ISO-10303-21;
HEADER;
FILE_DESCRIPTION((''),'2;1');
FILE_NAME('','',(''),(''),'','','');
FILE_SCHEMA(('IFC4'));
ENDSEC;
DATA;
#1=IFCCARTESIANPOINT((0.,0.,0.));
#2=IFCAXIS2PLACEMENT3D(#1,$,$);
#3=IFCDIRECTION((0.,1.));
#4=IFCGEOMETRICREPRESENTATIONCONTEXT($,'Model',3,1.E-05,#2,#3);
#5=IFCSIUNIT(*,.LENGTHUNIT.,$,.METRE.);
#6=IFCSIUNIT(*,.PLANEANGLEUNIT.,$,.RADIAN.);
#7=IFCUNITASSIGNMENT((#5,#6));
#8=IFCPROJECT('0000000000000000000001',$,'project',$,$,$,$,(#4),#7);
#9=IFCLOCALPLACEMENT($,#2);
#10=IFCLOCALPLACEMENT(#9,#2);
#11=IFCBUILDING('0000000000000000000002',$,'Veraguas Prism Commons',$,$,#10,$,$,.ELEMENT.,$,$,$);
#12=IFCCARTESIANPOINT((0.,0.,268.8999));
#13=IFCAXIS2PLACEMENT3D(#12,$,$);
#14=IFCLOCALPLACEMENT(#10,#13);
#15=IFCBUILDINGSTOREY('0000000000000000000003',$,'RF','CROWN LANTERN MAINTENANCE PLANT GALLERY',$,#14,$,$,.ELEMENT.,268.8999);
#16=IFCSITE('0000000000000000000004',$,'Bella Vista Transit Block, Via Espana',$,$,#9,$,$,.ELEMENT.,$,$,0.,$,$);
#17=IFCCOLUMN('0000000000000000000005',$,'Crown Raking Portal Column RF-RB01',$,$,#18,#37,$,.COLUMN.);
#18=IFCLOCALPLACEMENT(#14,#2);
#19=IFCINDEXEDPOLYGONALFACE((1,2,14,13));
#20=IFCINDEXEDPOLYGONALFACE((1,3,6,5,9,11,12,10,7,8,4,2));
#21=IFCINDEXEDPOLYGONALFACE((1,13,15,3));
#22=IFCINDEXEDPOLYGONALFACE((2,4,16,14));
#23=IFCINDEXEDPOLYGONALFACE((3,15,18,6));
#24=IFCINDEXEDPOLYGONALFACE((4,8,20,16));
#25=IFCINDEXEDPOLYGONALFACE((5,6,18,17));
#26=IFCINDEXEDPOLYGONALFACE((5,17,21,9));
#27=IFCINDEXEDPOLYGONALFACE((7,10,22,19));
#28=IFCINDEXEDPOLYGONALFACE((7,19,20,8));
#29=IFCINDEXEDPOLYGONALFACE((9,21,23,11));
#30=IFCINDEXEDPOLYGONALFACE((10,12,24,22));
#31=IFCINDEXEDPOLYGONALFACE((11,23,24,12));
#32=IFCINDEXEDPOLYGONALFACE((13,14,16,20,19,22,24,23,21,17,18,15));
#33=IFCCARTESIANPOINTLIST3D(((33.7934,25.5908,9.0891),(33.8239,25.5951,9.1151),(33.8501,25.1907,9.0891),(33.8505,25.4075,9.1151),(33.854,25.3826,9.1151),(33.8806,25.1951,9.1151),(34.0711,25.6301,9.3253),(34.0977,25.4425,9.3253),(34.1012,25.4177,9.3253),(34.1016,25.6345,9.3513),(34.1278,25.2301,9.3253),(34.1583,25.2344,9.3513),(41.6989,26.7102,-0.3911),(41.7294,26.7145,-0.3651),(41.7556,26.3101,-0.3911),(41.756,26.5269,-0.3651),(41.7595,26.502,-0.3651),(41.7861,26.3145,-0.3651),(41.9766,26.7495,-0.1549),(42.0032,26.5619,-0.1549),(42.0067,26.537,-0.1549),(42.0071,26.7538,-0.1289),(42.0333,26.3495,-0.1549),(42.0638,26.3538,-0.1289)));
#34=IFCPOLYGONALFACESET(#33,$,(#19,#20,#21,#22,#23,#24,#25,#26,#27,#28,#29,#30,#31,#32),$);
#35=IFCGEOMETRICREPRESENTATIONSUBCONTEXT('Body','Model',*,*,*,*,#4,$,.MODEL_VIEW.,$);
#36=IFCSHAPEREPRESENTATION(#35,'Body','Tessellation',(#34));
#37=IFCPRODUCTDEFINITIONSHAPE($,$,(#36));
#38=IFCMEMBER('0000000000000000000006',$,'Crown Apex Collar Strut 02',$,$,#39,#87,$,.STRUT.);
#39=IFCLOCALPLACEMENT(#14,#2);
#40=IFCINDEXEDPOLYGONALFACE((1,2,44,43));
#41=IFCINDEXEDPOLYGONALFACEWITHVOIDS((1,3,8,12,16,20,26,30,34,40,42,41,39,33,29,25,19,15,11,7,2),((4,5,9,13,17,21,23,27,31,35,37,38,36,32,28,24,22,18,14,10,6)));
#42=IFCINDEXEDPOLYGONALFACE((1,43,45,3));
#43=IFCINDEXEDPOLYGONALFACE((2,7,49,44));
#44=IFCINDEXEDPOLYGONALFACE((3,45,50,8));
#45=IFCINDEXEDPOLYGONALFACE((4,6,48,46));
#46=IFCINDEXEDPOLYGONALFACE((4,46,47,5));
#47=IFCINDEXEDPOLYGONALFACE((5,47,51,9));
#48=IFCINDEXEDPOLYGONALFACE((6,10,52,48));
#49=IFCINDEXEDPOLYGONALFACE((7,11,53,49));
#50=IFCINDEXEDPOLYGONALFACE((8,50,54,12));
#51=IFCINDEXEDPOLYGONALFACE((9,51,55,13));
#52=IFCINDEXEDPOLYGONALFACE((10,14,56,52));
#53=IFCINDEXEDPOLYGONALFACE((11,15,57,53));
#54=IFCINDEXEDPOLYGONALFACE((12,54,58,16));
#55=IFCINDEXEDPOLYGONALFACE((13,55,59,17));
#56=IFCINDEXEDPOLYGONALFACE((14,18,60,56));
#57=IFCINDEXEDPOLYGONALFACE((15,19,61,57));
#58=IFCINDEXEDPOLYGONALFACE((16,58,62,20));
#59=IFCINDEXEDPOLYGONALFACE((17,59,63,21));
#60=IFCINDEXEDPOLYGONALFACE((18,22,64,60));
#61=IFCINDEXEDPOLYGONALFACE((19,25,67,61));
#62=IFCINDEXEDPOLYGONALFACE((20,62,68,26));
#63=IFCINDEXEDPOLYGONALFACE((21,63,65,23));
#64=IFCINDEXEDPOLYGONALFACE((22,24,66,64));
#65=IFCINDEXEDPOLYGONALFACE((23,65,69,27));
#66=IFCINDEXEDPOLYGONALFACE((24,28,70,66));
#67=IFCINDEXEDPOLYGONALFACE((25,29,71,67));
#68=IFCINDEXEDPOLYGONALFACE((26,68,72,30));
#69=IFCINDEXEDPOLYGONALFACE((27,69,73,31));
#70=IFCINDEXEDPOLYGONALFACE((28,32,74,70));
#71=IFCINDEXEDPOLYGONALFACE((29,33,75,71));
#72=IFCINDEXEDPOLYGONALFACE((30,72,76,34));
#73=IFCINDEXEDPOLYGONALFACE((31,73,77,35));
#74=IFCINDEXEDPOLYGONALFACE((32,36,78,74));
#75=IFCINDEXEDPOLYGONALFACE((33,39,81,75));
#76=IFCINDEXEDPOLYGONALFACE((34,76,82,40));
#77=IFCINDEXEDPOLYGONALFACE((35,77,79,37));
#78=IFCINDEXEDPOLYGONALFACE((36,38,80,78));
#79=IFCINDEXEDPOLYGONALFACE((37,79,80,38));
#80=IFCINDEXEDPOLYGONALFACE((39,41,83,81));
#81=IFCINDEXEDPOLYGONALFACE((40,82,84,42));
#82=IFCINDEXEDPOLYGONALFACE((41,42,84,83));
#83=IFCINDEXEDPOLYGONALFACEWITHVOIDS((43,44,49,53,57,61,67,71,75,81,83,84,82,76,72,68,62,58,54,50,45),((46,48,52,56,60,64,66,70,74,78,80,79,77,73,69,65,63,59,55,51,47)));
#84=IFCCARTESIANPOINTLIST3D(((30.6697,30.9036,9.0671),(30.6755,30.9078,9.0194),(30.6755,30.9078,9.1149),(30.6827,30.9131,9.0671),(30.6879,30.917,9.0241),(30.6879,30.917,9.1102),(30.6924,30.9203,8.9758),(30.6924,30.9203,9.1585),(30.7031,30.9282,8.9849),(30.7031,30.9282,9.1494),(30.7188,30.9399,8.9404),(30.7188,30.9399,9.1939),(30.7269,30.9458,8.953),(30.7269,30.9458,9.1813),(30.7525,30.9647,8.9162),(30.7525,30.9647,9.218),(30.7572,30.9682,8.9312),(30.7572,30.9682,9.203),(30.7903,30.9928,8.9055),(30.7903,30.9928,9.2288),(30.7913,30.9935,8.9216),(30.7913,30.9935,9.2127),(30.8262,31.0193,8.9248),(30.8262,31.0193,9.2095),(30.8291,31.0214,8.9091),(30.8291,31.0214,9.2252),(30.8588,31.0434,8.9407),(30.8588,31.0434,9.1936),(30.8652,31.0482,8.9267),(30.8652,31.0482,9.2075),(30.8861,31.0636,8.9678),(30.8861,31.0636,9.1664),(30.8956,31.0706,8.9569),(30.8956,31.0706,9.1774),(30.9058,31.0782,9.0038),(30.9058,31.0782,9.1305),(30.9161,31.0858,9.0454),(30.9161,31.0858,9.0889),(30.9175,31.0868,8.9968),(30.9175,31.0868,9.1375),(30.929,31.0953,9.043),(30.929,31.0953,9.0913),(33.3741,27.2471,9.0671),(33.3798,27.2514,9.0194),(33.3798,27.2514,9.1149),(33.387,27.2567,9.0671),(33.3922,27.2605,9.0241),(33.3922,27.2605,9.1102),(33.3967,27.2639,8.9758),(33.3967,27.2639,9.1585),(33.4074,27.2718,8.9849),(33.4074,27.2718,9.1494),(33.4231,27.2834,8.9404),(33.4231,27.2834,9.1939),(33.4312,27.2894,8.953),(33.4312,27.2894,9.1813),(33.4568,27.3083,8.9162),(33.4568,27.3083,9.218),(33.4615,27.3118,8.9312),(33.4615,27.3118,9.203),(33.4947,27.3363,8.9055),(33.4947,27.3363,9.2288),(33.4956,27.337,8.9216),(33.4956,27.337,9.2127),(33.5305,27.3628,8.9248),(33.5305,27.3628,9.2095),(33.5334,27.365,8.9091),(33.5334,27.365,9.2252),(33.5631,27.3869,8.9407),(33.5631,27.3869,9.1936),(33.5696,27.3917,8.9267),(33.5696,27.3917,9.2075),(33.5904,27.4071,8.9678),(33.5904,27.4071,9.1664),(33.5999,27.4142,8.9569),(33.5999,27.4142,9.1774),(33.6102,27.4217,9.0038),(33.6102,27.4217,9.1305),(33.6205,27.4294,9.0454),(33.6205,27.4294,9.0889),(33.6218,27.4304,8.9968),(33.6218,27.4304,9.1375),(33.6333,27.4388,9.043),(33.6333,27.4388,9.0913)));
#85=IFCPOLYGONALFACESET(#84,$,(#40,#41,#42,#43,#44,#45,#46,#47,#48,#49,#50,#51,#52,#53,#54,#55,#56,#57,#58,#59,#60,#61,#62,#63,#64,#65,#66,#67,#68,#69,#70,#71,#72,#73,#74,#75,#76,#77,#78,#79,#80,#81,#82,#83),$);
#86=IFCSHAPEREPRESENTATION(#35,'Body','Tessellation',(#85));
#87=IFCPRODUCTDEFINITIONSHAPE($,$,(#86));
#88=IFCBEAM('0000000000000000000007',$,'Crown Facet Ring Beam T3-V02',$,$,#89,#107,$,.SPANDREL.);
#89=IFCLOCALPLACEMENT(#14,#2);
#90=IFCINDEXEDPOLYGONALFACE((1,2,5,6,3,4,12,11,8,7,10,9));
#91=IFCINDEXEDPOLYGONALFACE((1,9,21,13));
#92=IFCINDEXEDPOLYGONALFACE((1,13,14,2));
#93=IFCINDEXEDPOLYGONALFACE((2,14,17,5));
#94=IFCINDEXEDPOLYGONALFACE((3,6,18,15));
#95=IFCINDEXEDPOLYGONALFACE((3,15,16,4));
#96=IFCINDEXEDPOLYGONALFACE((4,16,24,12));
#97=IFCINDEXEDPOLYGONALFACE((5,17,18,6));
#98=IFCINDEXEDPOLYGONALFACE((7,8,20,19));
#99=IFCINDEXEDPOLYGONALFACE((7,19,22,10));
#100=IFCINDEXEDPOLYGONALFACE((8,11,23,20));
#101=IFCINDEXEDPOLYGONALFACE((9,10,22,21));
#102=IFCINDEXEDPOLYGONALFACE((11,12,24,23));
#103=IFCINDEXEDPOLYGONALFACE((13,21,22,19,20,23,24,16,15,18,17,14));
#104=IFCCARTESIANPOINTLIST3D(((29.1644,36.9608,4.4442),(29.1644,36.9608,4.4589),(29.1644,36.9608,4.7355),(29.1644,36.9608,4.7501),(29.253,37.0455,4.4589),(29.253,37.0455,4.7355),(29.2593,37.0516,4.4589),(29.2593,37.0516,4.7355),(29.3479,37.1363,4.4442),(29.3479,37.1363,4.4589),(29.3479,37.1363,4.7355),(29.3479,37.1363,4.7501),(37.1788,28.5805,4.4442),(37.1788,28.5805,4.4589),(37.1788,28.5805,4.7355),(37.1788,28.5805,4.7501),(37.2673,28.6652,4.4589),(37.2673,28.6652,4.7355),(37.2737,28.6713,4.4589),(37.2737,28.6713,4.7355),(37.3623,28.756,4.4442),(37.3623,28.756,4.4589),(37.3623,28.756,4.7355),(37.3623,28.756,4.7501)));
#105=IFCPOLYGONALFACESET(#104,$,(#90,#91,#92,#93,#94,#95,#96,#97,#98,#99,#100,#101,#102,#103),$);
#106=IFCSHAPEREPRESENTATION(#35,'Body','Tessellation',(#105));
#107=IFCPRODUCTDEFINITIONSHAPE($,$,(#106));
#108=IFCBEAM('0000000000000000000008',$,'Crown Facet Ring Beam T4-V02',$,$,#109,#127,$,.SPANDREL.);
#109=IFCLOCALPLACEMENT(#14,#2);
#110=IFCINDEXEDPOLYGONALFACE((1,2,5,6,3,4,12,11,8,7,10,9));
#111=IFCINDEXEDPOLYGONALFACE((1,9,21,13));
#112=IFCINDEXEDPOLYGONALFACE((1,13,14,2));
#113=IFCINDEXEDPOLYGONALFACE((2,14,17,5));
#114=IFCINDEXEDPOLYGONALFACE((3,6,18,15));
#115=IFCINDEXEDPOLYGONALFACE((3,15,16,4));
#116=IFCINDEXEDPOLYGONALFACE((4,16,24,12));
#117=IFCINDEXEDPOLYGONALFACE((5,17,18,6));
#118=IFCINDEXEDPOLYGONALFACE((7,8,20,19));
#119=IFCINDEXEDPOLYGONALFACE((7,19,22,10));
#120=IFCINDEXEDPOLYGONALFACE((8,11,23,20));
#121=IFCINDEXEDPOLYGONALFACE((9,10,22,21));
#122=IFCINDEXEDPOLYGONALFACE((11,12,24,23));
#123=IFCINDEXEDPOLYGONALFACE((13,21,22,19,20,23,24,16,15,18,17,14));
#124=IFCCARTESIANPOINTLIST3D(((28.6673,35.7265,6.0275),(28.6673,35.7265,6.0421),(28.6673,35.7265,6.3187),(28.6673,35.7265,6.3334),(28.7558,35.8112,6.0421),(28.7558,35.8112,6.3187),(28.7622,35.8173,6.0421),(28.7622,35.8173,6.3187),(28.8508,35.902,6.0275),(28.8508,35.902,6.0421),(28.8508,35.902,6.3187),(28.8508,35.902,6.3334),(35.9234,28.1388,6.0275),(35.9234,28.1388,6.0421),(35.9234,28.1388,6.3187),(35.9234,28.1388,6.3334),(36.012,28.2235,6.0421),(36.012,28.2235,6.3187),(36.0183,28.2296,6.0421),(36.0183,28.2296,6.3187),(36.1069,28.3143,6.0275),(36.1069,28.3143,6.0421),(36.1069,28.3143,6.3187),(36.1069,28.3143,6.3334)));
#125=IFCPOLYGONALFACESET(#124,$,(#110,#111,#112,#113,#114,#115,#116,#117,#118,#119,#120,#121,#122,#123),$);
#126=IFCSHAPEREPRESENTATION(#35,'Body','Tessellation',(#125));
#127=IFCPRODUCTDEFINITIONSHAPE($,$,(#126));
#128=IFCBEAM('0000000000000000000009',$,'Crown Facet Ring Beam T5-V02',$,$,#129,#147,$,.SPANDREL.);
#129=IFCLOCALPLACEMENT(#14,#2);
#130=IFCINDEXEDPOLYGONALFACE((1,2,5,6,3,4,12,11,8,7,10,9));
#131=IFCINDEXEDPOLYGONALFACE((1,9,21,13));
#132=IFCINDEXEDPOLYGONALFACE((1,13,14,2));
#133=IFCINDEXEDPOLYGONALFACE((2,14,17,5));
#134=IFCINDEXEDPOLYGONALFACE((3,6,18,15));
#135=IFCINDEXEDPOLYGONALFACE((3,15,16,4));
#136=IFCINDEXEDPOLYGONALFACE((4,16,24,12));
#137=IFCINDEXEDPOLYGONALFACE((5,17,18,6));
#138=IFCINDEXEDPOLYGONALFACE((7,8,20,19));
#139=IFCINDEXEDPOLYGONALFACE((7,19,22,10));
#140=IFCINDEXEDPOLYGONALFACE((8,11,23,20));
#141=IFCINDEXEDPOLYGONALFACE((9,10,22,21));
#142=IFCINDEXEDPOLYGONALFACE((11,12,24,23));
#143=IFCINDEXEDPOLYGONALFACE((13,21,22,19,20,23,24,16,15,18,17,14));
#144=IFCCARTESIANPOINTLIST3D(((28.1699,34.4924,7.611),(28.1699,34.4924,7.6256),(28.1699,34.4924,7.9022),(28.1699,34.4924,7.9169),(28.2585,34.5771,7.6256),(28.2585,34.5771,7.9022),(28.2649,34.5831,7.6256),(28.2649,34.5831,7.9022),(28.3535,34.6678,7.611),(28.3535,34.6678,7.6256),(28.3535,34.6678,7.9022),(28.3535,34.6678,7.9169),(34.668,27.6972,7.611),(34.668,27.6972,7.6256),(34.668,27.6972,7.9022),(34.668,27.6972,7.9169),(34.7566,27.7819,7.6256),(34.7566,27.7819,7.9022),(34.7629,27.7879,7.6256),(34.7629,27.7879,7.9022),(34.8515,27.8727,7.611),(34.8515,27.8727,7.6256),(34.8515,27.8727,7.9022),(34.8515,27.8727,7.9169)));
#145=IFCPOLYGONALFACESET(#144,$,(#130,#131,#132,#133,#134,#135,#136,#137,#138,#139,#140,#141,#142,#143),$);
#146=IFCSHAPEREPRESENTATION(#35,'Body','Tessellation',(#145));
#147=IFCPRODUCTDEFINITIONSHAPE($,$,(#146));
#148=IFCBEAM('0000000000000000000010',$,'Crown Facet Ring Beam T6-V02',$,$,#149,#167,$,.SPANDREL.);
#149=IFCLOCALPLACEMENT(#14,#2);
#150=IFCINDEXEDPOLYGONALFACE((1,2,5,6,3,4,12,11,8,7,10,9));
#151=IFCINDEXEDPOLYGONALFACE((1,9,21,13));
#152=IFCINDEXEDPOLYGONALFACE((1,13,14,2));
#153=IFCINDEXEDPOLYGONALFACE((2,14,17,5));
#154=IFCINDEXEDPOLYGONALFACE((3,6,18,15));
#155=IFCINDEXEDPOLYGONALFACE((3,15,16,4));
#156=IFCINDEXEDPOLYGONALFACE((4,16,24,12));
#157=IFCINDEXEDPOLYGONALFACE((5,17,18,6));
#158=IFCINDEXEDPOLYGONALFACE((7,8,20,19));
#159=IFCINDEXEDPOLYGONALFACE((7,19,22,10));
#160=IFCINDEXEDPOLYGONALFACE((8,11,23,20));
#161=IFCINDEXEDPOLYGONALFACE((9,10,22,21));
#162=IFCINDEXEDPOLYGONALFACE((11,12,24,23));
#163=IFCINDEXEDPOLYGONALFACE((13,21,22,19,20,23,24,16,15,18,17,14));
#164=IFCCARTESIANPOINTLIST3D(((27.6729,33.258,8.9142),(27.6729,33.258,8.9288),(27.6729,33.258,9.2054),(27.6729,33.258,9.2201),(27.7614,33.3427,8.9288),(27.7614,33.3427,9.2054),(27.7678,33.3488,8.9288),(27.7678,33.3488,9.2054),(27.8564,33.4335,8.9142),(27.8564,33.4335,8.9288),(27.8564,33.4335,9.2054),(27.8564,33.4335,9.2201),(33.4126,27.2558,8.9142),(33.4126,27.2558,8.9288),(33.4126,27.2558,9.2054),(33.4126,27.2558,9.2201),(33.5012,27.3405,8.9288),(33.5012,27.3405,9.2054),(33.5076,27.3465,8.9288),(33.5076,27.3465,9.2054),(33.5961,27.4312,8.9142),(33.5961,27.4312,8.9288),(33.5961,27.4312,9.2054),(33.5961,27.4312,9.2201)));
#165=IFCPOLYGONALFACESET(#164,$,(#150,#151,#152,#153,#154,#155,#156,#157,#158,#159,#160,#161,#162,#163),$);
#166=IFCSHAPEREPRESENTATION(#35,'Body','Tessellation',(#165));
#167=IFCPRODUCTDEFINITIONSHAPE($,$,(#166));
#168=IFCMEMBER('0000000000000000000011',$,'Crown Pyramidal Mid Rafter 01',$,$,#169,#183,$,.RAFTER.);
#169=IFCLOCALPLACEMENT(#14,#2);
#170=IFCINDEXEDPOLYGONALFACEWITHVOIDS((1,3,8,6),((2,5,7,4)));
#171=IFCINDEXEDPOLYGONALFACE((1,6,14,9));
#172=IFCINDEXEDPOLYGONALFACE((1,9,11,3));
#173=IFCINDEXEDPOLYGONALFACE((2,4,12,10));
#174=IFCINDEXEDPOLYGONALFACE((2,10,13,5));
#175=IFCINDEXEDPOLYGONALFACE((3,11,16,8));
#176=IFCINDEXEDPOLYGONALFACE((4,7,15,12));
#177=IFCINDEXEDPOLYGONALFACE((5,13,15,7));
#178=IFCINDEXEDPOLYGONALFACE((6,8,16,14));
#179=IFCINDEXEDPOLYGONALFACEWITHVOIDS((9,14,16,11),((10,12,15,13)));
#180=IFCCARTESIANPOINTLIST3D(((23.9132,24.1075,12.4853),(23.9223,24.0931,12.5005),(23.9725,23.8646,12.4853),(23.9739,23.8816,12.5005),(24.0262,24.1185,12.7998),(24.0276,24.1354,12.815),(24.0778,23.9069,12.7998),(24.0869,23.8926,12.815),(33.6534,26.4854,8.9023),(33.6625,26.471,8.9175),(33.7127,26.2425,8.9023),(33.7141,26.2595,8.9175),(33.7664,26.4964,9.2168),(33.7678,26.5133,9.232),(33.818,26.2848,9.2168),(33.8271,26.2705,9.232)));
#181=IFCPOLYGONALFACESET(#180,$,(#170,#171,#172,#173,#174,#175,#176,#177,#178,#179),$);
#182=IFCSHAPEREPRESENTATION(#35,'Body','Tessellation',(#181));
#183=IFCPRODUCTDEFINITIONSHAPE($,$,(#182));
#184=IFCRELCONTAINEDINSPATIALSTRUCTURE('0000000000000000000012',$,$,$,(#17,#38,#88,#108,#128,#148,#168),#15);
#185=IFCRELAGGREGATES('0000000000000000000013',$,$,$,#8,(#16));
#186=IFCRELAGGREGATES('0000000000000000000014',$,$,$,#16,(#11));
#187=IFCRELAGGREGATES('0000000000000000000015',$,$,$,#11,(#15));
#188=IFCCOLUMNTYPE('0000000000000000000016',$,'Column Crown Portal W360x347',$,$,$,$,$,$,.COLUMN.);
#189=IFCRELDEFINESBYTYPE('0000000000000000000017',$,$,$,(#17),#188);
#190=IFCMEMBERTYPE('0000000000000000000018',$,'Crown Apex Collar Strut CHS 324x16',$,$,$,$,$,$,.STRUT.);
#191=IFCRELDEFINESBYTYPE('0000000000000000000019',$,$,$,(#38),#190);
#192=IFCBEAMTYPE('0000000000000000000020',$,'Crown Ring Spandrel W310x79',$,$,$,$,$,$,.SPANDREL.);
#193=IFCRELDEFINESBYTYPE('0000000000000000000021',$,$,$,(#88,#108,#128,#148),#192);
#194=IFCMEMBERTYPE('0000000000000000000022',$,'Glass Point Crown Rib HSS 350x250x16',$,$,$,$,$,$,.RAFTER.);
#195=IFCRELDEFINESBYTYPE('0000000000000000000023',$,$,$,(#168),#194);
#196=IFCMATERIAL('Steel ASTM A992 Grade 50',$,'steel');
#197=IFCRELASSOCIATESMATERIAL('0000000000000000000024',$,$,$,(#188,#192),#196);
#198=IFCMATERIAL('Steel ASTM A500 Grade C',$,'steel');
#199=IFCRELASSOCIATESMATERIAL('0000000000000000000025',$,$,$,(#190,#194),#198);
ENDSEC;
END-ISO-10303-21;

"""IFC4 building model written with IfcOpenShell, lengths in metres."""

from ifc_helpers import new_model, si_unit, direction, frame, origin, origin_2d, place, context, subcontext, project, spatial, hollow_rectangle, hollow_circle, i_section, extrude, material, material_profile, profile_set, type_object, element, save


model = new_model("IFC4")

# Units and contexts
model_context = context("Model", 3, precision=1e-05, world=origin(), true_north=direction((0.0, 1.0)))
body_context = subcontext(model_context, "Body", "Model", "MODEL_VIEW")
ifc_project = project(units=[si_unit("LENGTHUNIT", "METRE"), si_unit("PLANEANGLEUNIT", "RADIAN")], contexts=[model_context])

# Site, building, storey
site_placement = place(None, origin())
site = spatial("IfcSite", under=ifc_project, at=site_placement, Name="Bella Vista Transit Block, Via Espana", CompositionType="ELEMENT", RefElevation=0.0)
building_placement = place(site_placement, origin())
building = spatial("IfcBuilding", under=site, at=building_placement, Name="Veraguas Prism Commons", CompositionType="ELEMENT")
storey_placement = place(building_placement, frame((0.0, 0.0, 268.8999)))
storey = spatial("IfcBuildingStorey", under=building, at=storey_placement, Name="RF", Description="CROWN LANTERN MAINTENANCE PLANT GALLERY", CompositionType="ELEMENT", Elevation=268.8999)

# Column
ifc_material_1 = material(Name="Steel ASTM A992 Grade 50", Category="steel")
ifc_material_profile_1 = material_profile(ifc_material_1, i_section(OverallWidth=0.4041, OverallDepth=0.407, WebThickness=0.0251, FlangeThickness=0.0403, at=origin_2d()), Name="W360X347")
ifc_profile_set_1 = profile_set([ifc_material_profile_1], Name="Steel ASTM A992 Grade 50")
column_type = type_object("IfcColumnType", Name="Column Crown Portal W360x347", PredefinedType="COLUMN", material=ifc_profile_set_1)
column_placement = place(storey_placement, frame((41.8813, 26.532, -0.26), z_axis=(-0.637822, -0.090313, 0.76487), x_axis=(0.140197, -0.990124, 0.0)))
element("IfcColumn", 1, at=column_placement, inside=storey, type_object=column_type, Name="Crown Raking Portal Column RF-RB01", PredefinedType="COLUMN", context=body_context, shape_type="SweptSolid", body=[
    extrude(i_section(OverallWidth=0.4041, OverallDepth=0.407, WebThickness=0.0251, FlangeThickness=0.0403, at=origin_2d()), origin(), (0.0, 0.0, 1.0), 12.3945),
])

# Member
ifc_material_2 = material(Name="Steel ASTM A500 Grade C", Category="steel")
ifc_material_profile_2 = material_profile(ifc_material_2, hollow_circle(Radius=0.1621, WallThickness=0.0161, at=origin_2d()), Name="CHS324X16")
ifc_profile_set_2 = profile_set([ifc_material_profile_2], Name="Steel ASTM A500 Grade C")
member_type_1 = type_object("IfcMemberType", Name="Crown Apex Collar Strut CHS 324x16", PredefinedType="STRUT", material=ifc_profile_set_2)
member_1_placement = place(storey_placement, frame((33.5044, 27.3435, 9.0671), z_axis=(-0.594636, 0.803995, 0.0), x_axis=(-0.803995, -0.594636, 0.0)))
element("IfcMember", 2, at=member_1_placement, inside=storey, type_object=member_type_1, Name="Crown Apex Collar Strut 02", PredefinedType="STRUT", context=body_context, shape_type="SweptSolid", body=[
    extrude(hollow_circle(Radius=0.1621, WallThickness=0.0161, at=origin_2d()), origin(), (0.0, 0.0, 1.0), 4.5479),
])

# Beams
ifc_material_profile_3 = material_profile(ifc_material_1, i_section(OverallWidth=0.2539, OverallDepth=0.3059, WebThickness=0.0088, FlangeThickness=0.0146, at=origin_2d()), Name="W310X79")
ifc_profile_set_3 = profile_set([ifc_material_profile_3], Name="Steel ASTM A992 Grade 50")
beam_type = type_object("IfcBeamType", Name="Crown Ring Spandrel W310x79", PredefinedType="SPANDREL", material=ifc_profile_set_3)
beam_1_placement = place(storey_placement, frame((37.2705, 28.6682, 4.5972), z_axis=(-0.69115, 0.722711, 0.0), x_axis=(-0.722711, -0.69115, 0.0)))
element("IfcBeam", 3, at=beam_1_placement, inside=storey, type_object=beam_type, Name="Crown Facet Ring Beam T3-V02", PredefinedType="SPANDREL", context=body_context, shape_type="SweptSolid", body=[
    extrude(i_section(OverallWidth=0.2539, OverallDepth=0.3059, WebThickness=0.0088, FlangeThickness=0.0146, at=origin_2d()), origin(), (0.0, 0.0, 1.0), 11.5957),
])
beam_2_placement = place(storey_placement, frame((36.0151, 28.2266, 6.1804), z_axis=(-0.691141, 0.72272, 0.0), x_axis=(-0.72272, -0.691141, 0.0)))
element("IfcBeam", 4, at=beam_2_placement, inside=storey, type_object=beam_type, Name="Crown Facet Ring Beam T4-V02", PredefinedType="SPANDREL", context=body_context, shape_type="SweptSolid", body=[
    extrude(i_section(OverallWidth=0.2539, OverallDepth=0.3059, WebThickness=0.0088, FlangeThickness=0.0146, at=origin_2d()), origin(), (0.0, 0.0, 1.0), 10.4988),
])
beam_3_placement = place(storey_placement, frame((34.7598, 27.7849, 7.7639), z_axis=(-0.691129, 0.722731, 0.0), x_axis=(-0.722731, -0.691129, 0.0)))
element("IfcBeam", 5, at=beam_3_placement, inside=storey, type_object=beam_type, Name="Crown Facet Ring Beam T5-V02", PredefinedType="SPANDREL", context=body_context, shape_type="SweptSolid", body=[
    extrude(i_section(OverallWidth=0.2539, OverallDepth=0.3059, WebThickness=0.0088, FlangeThickness=0.0146, at=origin_2d()), origin(), (0.0, 0.0, 1.0), 9.4021),
])
beam_4_placement = place(storey_placement, frame((33.5044, 27.3435, 9.0671), z_axis=(-0.691129, 0.722731, 0.0), x_axis=(-0.722731, -0.691129, 0.0)))
element("IfcBeam", 6, at=beam_4_placement, inside=storey, type_object=beam_type, Name="Crown Facet Ring Beam T6-V02", PredefinedType="SPANDREL", context=body_context, shape_type="SweptSolid", body=[
    extrude(i_section(OverallWidth=0.2539, OverallDepth=0.3059, WebThickness=0.0088, FlangeThickness=0.0146, at=origin_2d()), origin(), (0.0, 0.0, 1.0), 8.3049),
])

# Member
ifc_material_profile_4 = material_profile(ifc_material_2, hollow_rectangle(XDim=0.25, YDim=0.3501, WallThickness=0.0161, at=origin_2d()), Name="HSS350X250X16")
ifc_profile_set_4 = profile_set([ifc_material_profile_4], Name="Steel ASTM A500 Grade C")
member_type_2 = type_object("IfcMemberType", Name="Glass Point Crown Rib HSS 350x250x16", PredefinedType="RAFTER", material=ifc_profile_set_4)
member_2_placement = place(storey_placement, frame((33.7402, 26.3779, 9.0671), z_axis=(-0.914809, -0.223337, 0.336518), x_axis=(0.237169, -0.971468, 0.0)))
element("IfcMember", 7, at=member_2_placement, inside=storey, type_object=member_type_2, Name="Crown Pyramidal Mid Rafter 01", PredefinedType="RAFTER", context=body_context, shape_type="SweptSolid", body=[
    extrude(hollow_rectangle(XDim=0.25, YDim=0.3501, WallThickness=0.0161, at=origin_2d()), origin(), (0.0, 0.0, 1.0), 10.6472),
])

save(model, "model.ifc")
